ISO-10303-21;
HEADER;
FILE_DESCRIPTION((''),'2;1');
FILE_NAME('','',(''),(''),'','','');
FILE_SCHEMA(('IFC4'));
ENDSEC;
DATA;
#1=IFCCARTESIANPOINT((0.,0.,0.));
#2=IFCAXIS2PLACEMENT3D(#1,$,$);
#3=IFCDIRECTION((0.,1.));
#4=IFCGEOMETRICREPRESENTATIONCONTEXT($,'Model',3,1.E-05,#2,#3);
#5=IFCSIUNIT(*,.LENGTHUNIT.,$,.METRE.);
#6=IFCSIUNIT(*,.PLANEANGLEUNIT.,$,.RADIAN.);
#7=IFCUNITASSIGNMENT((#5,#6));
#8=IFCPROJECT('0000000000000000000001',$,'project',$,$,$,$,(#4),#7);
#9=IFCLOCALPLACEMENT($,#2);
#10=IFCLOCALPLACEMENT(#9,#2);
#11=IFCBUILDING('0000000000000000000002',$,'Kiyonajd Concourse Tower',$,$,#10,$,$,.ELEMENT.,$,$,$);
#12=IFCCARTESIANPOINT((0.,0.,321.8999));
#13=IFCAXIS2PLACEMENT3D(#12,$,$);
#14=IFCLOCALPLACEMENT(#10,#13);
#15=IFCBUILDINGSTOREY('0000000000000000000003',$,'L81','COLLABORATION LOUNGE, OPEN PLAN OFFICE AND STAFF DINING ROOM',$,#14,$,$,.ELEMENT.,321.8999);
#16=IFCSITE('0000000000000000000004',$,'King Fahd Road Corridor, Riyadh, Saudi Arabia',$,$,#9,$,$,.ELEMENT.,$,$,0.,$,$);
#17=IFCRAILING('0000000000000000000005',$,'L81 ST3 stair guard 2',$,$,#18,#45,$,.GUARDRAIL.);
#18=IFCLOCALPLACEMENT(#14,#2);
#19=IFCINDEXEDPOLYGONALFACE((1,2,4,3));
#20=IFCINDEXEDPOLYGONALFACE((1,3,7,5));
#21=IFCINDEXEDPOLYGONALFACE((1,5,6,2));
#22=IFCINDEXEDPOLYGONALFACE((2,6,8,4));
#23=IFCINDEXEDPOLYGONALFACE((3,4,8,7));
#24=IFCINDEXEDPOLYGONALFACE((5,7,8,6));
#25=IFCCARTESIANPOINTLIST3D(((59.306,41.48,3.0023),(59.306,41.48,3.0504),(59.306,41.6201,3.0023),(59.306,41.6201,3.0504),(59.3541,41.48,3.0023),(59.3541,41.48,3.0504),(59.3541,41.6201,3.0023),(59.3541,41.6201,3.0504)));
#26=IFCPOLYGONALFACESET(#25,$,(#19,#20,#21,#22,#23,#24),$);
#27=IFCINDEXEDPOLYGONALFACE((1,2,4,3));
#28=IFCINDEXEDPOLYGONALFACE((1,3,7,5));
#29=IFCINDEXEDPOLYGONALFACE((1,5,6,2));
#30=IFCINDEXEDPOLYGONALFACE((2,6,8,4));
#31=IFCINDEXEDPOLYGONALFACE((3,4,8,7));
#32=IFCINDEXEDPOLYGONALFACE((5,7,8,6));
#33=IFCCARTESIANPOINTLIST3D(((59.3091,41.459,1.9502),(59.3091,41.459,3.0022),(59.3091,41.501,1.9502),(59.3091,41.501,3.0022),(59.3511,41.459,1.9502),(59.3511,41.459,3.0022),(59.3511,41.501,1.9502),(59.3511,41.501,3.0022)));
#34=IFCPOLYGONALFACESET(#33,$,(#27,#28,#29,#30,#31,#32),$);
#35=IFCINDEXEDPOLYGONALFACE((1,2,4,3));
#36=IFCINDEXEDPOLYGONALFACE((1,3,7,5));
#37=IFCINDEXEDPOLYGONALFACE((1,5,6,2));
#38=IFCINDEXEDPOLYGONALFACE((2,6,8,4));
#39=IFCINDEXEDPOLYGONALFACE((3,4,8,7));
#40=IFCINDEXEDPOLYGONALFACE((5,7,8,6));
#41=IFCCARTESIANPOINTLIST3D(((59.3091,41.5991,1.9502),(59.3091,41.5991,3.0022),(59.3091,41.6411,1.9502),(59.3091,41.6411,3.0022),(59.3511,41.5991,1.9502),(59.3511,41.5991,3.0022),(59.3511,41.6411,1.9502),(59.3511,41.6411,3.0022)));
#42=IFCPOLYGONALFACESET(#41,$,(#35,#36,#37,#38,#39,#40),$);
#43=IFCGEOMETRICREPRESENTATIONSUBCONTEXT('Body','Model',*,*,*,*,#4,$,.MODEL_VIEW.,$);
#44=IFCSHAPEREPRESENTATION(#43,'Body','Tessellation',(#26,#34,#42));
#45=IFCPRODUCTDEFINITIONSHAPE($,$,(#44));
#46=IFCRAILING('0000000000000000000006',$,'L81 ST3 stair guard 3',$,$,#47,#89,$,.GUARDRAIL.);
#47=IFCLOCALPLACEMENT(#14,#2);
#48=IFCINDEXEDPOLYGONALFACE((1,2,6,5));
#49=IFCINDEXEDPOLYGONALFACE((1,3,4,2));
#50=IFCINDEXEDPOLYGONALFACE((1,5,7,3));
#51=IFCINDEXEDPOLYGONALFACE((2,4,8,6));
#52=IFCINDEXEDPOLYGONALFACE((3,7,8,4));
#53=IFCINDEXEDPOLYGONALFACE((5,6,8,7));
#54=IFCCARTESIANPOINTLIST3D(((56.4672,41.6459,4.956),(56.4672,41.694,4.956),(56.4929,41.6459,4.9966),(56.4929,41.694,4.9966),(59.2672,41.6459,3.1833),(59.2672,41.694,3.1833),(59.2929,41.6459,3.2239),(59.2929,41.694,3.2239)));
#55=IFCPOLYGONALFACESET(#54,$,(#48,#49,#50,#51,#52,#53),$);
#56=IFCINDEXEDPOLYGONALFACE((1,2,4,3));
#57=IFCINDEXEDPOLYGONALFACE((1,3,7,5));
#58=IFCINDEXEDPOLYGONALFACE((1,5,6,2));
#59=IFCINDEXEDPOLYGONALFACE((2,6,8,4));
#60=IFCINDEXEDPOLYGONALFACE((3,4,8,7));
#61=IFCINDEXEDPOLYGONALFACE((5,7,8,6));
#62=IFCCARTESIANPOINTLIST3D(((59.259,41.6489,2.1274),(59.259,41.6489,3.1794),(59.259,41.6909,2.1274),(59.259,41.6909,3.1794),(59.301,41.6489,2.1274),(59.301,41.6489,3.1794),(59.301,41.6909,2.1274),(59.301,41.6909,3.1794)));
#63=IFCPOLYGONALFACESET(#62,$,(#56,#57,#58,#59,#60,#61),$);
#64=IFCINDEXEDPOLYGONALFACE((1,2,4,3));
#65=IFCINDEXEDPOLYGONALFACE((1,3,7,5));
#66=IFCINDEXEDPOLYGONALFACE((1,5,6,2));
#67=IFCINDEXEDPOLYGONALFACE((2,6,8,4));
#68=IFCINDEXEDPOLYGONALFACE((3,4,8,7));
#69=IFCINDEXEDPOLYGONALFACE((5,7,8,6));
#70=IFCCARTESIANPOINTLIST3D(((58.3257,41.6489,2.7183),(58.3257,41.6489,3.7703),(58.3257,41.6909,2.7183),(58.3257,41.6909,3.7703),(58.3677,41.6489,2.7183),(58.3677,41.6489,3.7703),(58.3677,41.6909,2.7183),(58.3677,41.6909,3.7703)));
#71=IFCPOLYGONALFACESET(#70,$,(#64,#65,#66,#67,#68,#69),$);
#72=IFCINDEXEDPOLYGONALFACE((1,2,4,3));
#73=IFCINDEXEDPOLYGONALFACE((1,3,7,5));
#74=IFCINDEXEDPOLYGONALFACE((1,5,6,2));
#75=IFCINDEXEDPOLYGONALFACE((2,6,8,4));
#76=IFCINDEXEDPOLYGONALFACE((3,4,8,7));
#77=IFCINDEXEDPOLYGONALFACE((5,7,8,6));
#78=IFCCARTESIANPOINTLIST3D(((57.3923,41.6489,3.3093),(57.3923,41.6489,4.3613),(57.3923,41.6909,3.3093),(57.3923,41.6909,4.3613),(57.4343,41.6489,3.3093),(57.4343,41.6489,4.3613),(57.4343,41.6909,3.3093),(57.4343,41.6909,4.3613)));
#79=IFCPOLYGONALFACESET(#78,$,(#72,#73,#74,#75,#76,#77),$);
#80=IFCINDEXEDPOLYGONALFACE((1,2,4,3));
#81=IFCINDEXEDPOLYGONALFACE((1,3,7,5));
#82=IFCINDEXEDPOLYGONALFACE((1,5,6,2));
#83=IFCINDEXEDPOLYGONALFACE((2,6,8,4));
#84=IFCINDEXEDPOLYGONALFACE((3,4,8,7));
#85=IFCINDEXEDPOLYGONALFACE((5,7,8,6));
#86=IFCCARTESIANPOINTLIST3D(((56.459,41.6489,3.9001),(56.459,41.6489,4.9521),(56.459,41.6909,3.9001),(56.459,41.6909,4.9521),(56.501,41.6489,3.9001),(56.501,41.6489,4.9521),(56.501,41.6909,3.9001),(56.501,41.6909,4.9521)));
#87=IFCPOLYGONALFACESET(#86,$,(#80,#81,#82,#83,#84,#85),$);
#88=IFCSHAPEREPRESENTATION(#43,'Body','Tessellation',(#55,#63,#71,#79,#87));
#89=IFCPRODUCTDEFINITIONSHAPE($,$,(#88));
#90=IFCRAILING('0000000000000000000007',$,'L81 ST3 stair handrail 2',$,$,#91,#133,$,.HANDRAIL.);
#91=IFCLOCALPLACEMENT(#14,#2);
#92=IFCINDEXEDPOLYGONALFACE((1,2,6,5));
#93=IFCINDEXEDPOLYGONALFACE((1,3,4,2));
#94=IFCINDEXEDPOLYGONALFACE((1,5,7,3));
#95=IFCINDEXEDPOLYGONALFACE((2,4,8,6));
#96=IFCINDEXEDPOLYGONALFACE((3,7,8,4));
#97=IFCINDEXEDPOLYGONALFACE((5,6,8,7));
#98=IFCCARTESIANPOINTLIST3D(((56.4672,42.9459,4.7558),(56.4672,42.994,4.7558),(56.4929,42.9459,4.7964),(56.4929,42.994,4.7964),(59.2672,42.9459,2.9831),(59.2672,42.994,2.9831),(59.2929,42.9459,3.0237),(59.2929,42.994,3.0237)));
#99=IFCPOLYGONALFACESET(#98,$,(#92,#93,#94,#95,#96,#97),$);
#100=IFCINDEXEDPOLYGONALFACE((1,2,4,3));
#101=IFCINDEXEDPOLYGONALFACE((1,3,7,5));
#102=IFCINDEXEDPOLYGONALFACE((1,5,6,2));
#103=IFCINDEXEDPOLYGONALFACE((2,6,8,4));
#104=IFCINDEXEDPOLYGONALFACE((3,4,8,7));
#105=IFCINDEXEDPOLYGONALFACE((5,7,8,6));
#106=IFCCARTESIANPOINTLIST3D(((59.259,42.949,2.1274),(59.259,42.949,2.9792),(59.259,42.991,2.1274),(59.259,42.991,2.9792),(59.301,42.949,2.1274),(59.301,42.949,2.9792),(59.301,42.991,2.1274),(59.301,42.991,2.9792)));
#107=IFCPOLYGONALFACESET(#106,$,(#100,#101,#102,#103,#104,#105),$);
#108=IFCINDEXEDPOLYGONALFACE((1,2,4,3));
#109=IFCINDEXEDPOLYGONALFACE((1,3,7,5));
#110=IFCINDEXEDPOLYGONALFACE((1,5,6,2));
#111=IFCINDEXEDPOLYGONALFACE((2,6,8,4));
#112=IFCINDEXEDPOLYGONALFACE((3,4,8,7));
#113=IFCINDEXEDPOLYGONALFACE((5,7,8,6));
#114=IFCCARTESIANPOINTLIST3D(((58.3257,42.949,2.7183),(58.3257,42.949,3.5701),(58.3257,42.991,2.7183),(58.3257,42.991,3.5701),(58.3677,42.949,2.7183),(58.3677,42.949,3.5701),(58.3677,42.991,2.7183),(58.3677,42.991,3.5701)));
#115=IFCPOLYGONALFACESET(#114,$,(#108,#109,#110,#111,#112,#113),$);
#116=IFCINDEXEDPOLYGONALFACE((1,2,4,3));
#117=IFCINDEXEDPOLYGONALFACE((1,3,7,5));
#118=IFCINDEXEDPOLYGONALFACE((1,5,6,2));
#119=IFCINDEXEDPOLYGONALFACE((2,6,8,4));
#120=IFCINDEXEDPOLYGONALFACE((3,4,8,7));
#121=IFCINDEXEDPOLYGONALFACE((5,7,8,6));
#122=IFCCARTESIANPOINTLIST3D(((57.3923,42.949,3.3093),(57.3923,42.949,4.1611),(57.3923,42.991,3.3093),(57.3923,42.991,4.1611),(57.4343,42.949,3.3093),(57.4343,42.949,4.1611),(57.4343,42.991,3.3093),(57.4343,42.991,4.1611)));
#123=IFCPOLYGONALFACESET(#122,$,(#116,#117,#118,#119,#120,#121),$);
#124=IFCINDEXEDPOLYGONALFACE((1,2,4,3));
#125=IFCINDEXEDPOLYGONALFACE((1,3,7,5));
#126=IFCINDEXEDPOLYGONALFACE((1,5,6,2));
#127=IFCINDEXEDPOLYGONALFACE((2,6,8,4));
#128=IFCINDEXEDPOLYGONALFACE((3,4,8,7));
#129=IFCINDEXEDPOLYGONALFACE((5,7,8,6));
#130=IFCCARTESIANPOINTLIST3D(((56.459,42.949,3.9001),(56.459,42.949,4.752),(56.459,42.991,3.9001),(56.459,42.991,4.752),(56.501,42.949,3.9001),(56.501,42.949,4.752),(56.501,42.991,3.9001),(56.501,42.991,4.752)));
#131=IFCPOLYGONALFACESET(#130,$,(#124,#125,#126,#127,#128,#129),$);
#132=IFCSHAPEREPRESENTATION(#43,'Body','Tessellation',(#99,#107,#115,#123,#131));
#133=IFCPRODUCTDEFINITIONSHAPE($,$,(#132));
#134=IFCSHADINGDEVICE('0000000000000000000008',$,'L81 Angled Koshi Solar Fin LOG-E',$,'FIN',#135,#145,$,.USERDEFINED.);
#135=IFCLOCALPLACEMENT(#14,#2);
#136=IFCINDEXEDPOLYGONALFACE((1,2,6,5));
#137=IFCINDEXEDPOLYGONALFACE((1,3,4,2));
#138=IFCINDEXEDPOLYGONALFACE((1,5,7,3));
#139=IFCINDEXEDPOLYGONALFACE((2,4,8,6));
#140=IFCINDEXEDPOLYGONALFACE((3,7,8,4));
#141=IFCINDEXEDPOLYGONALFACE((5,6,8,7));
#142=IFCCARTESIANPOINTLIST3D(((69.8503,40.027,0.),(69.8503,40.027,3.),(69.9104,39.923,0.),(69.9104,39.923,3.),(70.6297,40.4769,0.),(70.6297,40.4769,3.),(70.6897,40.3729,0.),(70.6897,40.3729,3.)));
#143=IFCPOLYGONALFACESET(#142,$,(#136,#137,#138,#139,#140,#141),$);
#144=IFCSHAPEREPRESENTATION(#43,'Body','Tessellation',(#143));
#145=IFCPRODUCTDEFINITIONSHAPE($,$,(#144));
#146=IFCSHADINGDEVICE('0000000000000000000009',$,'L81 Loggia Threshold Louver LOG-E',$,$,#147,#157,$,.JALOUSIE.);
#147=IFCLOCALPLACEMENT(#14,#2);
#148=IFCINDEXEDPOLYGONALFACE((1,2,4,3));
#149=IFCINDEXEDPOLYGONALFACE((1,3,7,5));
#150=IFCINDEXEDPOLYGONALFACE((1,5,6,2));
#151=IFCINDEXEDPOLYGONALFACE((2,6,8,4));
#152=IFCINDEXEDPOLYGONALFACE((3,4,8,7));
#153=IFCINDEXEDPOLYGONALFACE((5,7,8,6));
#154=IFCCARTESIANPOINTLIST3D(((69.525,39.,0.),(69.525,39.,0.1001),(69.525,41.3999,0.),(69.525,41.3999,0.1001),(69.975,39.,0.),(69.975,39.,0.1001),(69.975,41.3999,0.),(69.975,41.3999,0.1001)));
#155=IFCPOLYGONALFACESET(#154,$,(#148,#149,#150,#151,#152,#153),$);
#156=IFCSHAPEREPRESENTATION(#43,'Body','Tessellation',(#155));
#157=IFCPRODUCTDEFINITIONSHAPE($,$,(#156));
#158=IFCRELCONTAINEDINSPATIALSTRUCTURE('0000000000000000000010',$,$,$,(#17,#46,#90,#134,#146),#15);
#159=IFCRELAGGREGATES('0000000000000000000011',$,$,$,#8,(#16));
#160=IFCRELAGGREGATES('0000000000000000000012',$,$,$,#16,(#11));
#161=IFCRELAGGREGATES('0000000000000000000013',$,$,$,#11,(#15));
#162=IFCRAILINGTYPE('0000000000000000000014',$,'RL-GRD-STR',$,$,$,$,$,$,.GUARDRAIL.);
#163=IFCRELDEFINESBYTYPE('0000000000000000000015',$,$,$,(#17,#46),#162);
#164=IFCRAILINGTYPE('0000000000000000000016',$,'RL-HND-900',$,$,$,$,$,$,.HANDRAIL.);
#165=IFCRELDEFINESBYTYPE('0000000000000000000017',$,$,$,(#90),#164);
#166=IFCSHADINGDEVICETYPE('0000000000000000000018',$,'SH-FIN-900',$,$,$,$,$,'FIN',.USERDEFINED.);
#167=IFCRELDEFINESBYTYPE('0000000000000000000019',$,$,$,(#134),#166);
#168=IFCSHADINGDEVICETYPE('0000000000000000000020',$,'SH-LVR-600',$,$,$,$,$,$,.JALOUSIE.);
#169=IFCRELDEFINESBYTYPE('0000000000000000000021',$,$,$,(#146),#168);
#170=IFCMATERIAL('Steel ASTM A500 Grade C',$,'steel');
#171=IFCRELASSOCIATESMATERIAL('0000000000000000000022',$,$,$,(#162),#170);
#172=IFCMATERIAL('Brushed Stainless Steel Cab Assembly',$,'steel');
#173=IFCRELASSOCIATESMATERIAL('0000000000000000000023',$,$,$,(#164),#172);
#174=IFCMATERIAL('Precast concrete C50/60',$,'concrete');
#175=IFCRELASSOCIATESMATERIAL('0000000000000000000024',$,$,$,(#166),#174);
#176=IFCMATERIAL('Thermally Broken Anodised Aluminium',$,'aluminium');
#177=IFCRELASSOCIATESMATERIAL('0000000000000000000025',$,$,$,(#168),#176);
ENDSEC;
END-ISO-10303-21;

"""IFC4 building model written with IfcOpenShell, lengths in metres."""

from ifc_helpers import new_model, si_unit, direction, frame, origin, origin_2d, place, context, subcontext, project, spatial, rectangle, extrude, material, type_object, element, save


model = new_model("IFC4")

# Units and contexts
model_context = context("Model", 3, precision=1e-05, world=origin(), true_north=direction((0.0, 1.0)))
body_context = subcontext(model_context, "Body", "Model", "MODEL_VIEW")
ifc_project = project(units=[si_unit("LENGTHUNIT", "METRE"), si_unit("PLANEANGLEUNIT", "RADIAN")], contexts=[model_context])

# Site, building, storey
site_placement = place(None, origin())
site = spatial("IfcSite", under=ifc_project, at=site_placement, Name="King Fahd Road Corridor, Riyadh, Saudi Arabia", CompositionType="ELEMENT", RefElevation=0.0)
building_placement = place(site_placement, origin())
building = spatial("IfcBuilding", under=site, at=building_placement, Name="Kiyonajd Concourse Tower", CompositionType="ELEMENT")
storey_placement = place(building_placement, frame((0.0, 0.0, 321.8999)))
storey = spatial("IfcBuildingStorey", under=building, at=storey_placement, Name="L81", Description="COLLABORATION LOUNGE, OPEN PLAN OFFICE AND STAFF DINING ROOM", CompositionType="ELEMENT", Elevation=321.8999)

# Shared definitions
ifc_material_1 = material(Name="Thermally Broken Anodised Aluminium", Category="aluminium")

# Shared definitions
ifc_material_2 = material(Name="Precast concrete C50/60", Category="concrete")

# Shared definitions
ifc_material_3 = material(Name="Brushed Stainless Steel Cab Assembly", Category="steel")

# Railings
ifc_material_4 = material(Name="Steel ASTM A500 Grade C", Category="steel")
railing_type_1 = type_object("IfcRailingType", Name="RL-GRD-STR", PredefinedType="GUARDRAIL", material=ifc_material_4)
railing_1_placement = place(storey_placement, frame((59.3301, 41.48, 1.9502)))
element("IfcRailing", 1, at=railing_1_placement, inside=storey, type_object=railing_type_1, Name="L81 ST3 stair guard 2", PredefinedType="GUARDRAIL", context=body_context, shape_type="SweptSolid", body=[
    extrude(rectangle(XDim=0.0481, YDim=0.0481, at=origin_2d()), frame((0.0, 0.0, 1.0762), z_axis=(0.0, 1.0, 0.0), x_axis=(-1.0, 0.0, 0.0)), (0.0, 0.0, 1.0), 0.1401),
    extrude(rectangle(XDim=0.042, YDim=0.042, at=origin_2d()), origin(), (0.0, 0.0, 1.0), 1.052),
    extrude(rectangle(XDim=0.042, YDim=0.042, at=origin_2d()), frame((0.0, 0.1401, 0.0)), (0.0, 0.0, 1.0), 1.052),
])
railing_2_placement = place(storey_placement, frame((59.28, 41.6699, 2.1274)))
element("IfcRailing", 2, at=railing_2_placement, inside=storey, type_object=railing_type_1, Name="L81 ST3 stair guard 3", PredefinedType="GUARDRAIL", context=body_context, shape_type="SweptSolid", body=[
    extrude(rectangle(XDim=0.0481, YDim=0.0481, at=origin_2d()), frame((0.0, 0.0, 1.0762), z_axis=(-0.844909, 0.0, 0.53491), x_axis=(0.0, -1.0, 0.0)), (0.0, 0.0, 1.0), 3.314),
    extrude(rectangle(XDim=0.042, YDim=0.042, at=origin_2d()), origin(), (0.0, 0.0, 1.0), 1.052),
    extrude(rectangle(XDim=0.042, YDim=0.042, at=origin_2d()), frame((-0.9333, 0.0, 0.5908)), (0.0, 0.0, 1.0), 1.052),
    extrude(rectangle(XDim=0.042, YDim=0.042, at=origin_2d()), frame((-1.8667, 0.0, 1.1819)), (0.0, 0.0, 1.0), 1.052),
    extrude(rectangle(XDim=0.042, YDim=0.042, at=origin_2d()), frame((-2.8, 0.0, 1.7727)), (0.0, 0.0, 1.0), 1.052),
])
railing_type_2 = type_object("IfcRailingType", Name="RL-HND-900", PredefinedType="HANDRAIL", material=ifc_material_3)
railing_3_placement = place(storey_placement, frame((59.28, 42.97, 2.1274)))
element("IfcRailing", 3, at=railing_3_placement, inside=storey, type_object=railing_type_2, Name="L81 ST3 stair handrail 2", PredefinedType="HANDRAIL", context=body_context, shape_type="SweptSolid", body=[
    extrude(rectangle(XDim=0.0481, YDim=0.0481, at=origin_2d()), frame((0.0, 0.0, 0.876), z_axis=(-0.844909, 0.0, 0.53491), x_axis=(0.0, -1.0, 0.0)), (0.0, 0.0, 1.0), 3.314),
    extrude(rectangle(XDim=0.042, YDim=0.042, at=origin_2d()), origin(), (0.0, 0.0, 1.0), 0.8518),
    extrude(rectangle(XDim=0.042, YDim=0.042, at=origin_2d()), frame((-0.9333, 0.0, 0.5908)), (0.0, 0.0, 1.0), 0.8518),
    extrude(rectangle(XDim=0.042, YDim=0.042, at=origin_2d()), frame((-1.8667, 0.0, 1.1819)), (0.0, 0.0, 1.0), 0.8518),
    extrude(rectangle(XDim=0.042, YDim=0.042, at=origin_2d()), frame((-2.8, 0.0, 1.7727)), (0.0, 0.0, 1.0), 0.8518),
])

# Shading devices
shading_device_type_1 = type_object("IfcShadingDeviceType", Name="SH-FIN-900", ElementType="FIN", PredefinedType="USERDEFINED", material=ifc_material_2)
shading_device_1_placement = place(storey_placement, frame((70.27, 40.2, 0.0), z_axis=(0.0, 0.0, 1.0), x_axis=(0.866025, 0.5, 0.0)))
element("IfcShadingDevice", 4, at=shading_device_1_placement, inside=storey, type_object=shading_device_type_1, Name="L81 Angled Koshi Solar Fin LOG-E", ObjectType="FIN", PredefinedType="USERDEFINED", context=body_context, shape_type="SweptSolid", body=[
    extrude(rectangle(XDim=0.8999, YDim=0.1201, at=origin_2d()), origin(), (0.0, 0.0, 1.0), 3.0),
])
shading_device_type_2 = type_object("IfcShadingDeviceType", Name="SH-LVR-600", PredefinedType="JALOUSIE", material=ifc_material_1)
shading_device_2_placement = place(storey_placement, frame((69.75, 40.2, 0.0), z_axis=(0.0, 0.0, 1.0), x_axis=(0.0, 1.0, 0.0)))
element("IfcShadingDevice", 5, at=shading_device_2_placement, inside=storey, type_object=shading_device_type_2, Name="L81 Loggia Threshold Louver LOG-E", PredefinedType="JALOUSIE", context=body_context, shape_type="SweptSolid", body=[
    extrude(rectangle(XDim=2.3999, YDim=0.45, at=origin_2d()), origin(), (0.0, 0.0, 1.0), 0.1001),
])

save(model, "model.ifc")
